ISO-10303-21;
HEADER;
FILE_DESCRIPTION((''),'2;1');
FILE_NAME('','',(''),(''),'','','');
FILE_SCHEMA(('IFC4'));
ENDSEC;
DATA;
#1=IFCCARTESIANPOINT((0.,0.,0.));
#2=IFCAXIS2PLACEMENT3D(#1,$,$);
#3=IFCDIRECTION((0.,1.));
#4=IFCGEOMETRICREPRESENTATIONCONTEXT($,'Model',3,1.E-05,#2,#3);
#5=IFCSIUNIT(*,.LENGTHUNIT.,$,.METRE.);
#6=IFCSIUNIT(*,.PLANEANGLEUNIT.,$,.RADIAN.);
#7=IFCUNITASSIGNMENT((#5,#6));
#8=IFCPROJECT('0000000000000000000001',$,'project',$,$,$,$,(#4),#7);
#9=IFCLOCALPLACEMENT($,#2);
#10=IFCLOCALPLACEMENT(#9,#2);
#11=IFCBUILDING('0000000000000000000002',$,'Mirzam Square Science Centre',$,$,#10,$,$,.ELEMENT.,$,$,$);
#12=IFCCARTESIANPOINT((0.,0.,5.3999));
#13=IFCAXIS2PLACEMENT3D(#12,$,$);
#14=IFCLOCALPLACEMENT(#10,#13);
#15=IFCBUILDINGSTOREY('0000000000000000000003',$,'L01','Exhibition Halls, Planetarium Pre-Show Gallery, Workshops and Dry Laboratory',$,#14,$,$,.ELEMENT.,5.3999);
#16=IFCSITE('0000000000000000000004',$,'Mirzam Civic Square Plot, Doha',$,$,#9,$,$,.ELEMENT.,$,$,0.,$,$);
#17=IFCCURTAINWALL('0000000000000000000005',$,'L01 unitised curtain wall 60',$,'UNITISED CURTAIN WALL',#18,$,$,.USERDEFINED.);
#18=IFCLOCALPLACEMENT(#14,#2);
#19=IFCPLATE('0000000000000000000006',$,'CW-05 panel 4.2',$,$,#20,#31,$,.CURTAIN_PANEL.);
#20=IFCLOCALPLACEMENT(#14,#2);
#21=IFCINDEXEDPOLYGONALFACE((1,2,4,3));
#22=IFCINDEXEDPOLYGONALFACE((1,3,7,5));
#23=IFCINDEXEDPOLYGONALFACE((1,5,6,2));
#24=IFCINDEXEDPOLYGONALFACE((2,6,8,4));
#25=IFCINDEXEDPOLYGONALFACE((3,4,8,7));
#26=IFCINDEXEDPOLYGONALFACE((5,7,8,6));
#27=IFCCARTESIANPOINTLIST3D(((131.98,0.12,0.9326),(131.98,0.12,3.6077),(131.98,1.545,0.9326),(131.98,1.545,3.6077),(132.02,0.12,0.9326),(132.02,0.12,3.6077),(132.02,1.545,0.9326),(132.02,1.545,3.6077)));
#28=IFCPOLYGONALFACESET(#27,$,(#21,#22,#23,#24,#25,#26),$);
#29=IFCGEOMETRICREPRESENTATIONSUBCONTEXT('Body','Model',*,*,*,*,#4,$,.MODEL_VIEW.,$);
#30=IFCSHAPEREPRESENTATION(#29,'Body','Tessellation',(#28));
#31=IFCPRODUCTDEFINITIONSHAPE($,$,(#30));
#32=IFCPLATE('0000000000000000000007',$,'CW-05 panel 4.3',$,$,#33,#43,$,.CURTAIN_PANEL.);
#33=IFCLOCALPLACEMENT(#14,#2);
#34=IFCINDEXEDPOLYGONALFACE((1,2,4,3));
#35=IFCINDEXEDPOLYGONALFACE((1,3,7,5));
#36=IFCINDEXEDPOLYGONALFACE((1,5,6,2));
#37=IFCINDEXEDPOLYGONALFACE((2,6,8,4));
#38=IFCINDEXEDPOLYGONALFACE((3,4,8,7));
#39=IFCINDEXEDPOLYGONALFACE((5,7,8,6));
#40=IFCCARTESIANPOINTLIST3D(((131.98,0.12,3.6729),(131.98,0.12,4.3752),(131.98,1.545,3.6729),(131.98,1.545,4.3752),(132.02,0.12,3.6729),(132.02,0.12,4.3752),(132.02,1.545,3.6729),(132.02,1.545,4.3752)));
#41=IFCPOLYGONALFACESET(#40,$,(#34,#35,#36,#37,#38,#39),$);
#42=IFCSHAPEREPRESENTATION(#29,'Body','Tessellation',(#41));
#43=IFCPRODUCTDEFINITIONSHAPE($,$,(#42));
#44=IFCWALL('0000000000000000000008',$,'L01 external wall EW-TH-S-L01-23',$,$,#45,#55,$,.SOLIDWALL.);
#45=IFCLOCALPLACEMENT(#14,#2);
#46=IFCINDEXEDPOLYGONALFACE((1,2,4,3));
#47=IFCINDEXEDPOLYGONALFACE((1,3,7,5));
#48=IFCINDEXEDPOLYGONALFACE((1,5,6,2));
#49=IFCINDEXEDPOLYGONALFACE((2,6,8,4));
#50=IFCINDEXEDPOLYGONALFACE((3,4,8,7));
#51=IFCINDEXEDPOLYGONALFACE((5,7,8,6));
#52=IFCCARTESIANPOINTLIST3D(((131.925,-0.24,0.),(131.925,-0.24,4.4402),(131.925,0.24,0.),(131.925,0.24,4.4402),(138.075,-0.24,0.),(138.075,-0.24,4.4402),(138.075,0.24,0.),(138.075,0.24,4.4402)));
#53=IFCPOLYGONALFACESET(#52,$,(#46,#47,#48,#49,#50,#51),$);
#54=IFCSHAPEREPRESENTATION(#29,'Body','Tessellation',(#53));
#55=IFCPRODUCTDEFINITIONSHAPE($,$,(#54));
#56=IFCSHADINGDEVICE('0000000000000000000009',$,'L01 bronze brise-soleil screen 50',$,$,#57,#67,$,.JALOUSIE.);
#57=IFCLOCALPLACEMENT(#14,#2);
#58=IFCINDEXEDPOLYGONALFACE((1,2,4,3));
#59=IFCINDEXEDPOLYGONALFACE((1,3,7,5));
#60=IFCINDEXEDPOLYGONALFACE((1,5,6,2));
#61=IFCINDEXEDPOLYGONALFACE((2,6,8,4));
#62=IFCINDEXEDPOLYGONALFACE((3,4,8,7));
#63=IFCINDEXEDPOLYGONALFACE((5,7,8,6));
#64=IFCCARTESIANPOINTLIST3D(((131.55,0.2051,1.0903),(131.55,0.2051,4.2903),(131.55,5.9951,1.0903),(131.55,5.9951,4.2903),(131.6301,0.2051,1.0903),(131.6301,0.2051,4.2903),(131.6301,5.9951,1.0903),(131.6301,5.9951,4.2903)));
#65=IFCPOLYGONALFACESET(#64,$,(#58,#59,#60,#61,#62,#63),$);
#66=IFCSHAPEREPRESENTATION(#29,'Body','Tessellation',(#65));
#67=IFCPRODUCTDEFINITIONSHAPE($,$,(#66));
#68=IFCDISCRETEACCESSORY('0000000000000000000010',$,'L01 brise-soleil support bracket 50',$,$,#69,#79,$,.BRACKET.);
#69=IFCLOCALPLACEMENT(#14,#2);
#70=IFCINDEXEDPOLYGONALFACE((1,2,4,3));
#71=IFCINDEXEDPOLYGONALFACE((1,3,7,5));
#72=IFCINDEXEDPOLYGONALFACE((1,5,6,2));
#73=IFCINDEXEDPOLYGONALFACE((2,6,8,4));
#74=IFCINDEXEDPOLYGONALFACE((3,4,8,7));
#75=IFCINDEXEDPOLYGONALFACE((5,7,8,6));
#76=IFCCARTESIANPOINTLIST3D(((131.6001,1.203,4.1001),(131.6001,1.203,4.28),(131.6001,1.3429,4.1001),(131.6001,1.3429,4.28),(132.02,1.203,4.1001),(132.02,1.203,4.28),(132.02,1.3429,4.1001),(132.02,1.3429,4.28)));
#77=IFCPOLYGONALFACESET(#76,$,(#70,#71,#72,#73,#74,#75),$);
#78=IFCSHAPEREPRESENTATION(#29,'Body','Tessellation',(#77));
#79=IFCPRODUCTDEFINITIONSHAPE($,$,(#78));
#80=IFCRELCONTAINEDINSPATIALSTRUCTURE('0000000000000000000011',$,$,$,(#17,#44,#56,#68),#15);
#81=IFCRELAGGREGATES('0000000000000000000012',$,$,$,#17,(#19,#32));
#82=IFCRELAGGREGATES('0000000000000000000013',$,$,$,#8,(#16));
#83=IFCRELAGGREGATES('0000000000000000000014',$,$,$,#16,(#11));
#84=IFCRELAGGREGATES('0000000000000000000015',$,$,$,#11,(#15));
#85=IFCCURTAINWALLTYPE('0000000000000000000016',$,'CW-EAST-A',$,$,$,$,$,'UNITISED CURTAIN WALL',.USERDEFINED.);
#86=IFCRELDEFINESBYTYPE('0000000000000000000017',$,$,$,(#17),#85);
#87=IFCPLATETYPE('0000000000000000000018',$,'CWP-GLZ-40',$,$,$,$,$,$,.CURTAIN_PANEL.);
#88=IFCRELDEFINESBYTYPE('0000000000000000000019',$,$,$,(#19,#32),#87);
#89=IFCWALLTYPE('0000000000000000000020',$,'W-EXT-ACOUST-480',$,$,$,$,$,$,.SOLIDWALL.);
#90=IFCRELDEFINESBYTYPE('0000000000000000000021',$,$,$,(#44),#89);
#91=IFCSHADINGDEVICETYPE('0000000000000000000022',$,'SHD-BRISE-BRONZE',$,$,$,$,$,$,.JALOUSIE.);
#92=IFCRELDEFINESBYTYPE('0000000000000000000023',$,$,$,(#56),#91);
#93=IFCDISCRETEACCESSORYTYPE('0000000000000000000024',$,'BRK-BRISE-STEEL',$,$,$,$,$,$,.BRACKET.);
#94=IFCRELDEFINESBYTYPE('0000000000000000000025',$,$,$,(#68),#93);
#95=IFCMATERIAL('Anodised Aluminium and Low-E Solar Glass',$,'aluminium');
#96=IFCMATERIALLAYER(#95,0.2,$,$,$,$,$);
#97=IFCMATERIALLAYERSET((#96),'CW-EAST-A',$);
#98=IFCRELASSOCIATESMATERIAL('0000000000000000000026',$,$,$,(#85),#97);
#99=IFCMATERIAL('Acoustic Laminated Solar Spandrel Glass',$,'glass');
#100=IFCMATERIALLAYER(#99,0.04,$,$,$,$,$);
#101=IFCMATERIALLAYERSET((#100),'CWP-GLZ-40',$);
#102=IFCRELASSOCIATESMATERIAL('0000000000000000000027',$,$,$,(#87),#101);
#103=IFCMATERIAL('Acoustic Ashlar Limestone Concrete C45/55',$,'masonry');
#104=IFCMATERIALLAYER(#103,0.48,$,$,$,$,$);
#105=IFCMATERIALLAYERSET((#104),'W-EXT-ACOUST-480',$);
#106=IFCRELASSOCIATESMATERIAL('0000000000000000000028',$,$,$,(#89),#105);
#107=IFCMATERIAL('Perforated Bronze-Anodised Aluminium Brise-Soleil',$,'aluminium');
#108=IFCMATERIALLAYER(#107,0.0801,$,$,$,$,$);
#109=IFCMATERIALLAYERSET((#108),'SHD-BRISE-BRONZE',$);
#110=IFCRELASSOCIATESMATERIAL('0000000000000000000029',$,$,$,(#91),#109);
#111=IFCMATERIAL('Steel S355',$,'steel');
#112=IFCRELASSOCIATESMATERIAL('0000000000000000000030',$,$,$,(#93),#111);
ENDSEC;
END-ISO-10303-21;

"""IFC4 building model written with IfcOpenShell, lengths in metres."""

from ifc_helpers import new_model, si_unit, direction, frame, frame_2d, origin, origin_2d, place, context, subcontext, project, spatial, rectangle, extrude, material, layer, layer_set, type_object, element, aggregate, save


model = new_model("IFC4")

# Units and contexts
model_context = context("Model", 3, precision=1e-05, world=origin(), true_north=direction((0.0, 1.0)))
body_context = subcontext(model_context, "Body", "Model", "MODEL_VIEW")
ifc_project = project(units=[si_unit("LENGTHUNIT", "METRE"), si_unit("PLANEANGLEUNIT", "RADIAN")], contexts=[model_context])

# Site, building, storey
site_placement = place(None, origin())
site = spatial("IfcSite", under=ifc_project, at=site_placement, Name="Mirzam Civic Square Plot, Doha", CompositionType="ELEMENT", RefElevation=0.0)
building_placement = place(site_placement, origin())
building = spatial("IfcBuilding", under=site, at=building_placement, Name="Mirzam Square Science Centre", CompositionType="ELEMENT")
storey_placement = place(building_placement, frame((0.0, 0.0, 5.3999)))
storey = spatial("IfcBuildingStorey", under=building, at=storey_placement, Name="L01", Description="Exhibition Halls, Planetarium Pre-Show Gallery, Workshops and Dry Laboratory", CompositionType="ELEMENT", Elevation=5.3999)

# Shared definitions
ifc_material_1 = material(Name="Steel S355", Category="steel")

# Curtain wall
ifc_material_2 = material(Name="Anodised Aluminium and Low-E Solar Glass", Category="aluminium")
ifc_layer_1 = layer(ifc_material_2, 0.2)
ifc_layer_set_1 = layer_set([ifc_layer_1], Name="CW-EAST-A")
curtain_wall_type = type_object("IfcCurtainWallType", Name="CW-EAST-A", ElementType="UNITISED CURTAIN WALL", PredefinedType="USERDEFINED", material=ifc_layer_set_1)
curtain_wall_placement = place(storey_placement, origin())
curtain_wall = element("IfcCurtainWall", 1, at=curtain_wall_placement, inside=storey, type_object=curtain_wall_type, Name="L01 unitised curtain wall 60", ObjectType="UNITISED CURTAIN WALL", PredefinedType="USERDEFINED")

# Plates
ifc_material_3 = material(Name="Acoustic Laminated Solar Spandrel Glass", Category="glass")
ifc_layer_2 = layer(ifc_material_3, 0.04)
ifc_layer_set_2 = layer_set([ifc_layer_2], Name="CWP-GLZ-40")
plate_type = type_object("IfcPlateType", Name="CWP-GLZ-40", PredefinedType="CURTAIN_PANEL", material=ifc_layer_set_2)
plate_1_placement = place(storey_placement, frame((132.0, 0.8325, 0.9326), z_axis=(0.0, 0.0, 1.0), x_axis=(0.0, -1.0, 0.0)))
plate_1 = element("IfcPlate", 2, at=plate_1_placement, type_object=plate_type, Name="CW-05 panel 4.2", PredefinedType="CURTAIN_PANEL", context=body_context, shape_type="SweptSolid", body=[
    extrude(rectangle(XDim=1.425, YDim=0.04, at=origin_2d()), origin(), (0.0, 0.0, 1.0), 2.675),
])
plate_2_placement = place(storey_placement, frame((132.0, 0.8325, 3.6729), z_axis=(0.0, 0.0, 1.0), x_axis=(0.0, -1.0, 0.0)))
plate_2 = element("IfcPlate", 3, at=plate_2_placement, type_object=plate_type, Name="CW-05 panel 4.3", PredefinedType="CURTAIN_PANEL", context=body_context, shape_type="SweptSolid", body=[
    extrude(rectangle(XDim=1.425, YDim=0.04, at=origin_2d()), origin(), (0.0, 0.0, 1.0), 0.7024),
])
aggregate(curtain_wall, [plate_1, plate_2])

# Wall
ifc_material_4 = material(Name="Acoustic Ashlar Limestone Concrete C45/55", Category="masonry")
ifc_layer_3 = layer(ifc_material_4, 0.48)
ifc_layer_set_3 = layer_set([ifc_layer_3], Name="W-EXT-ACOUST-480")
wall_type = type_object("IfcWallType", Name="W-EXT-ACOUST-480", PredefinedType="SOLIDWALL", material=ifc_layer_set_3)
wall_placement = place(storey_placement, frame((131.925, 0.0, 0.0), z_axis=(0.0, 0.0, 1.0), x_axis=(1.0, 0.0, 0.0)))
element("IfcWall", 4, at=wall_placement, inside=storey, type_object=wall_type, Name="L01 external wall EW-TH-S-L01-23", PredefinedType="SOLIDWALL", context=body_context, shape_type="SweptSolid", body=[
    extrude(rectangle(XDim=6.1499, YDim=0.48, at=frame_2d((3.075, 0.0))), origin(), (0.0, 0.0, 1.0), 4.4402),
])

# Shading device
ifc_material_5 = material(Name="Perforated Bronze-Anodised Aluminium Brise-Soleil", Category="aluminium")
ifc_layer_4 = layer(ifc_material_5, 0.0801)
ifc_layer_set_4 = layer_set([ifc_layer_4], Name="SHD-BRISE-BRONZE")
shading_device_type = type_object("IfcShadingDeviceType", Name="SHD-BRISE-BRONZE", PredefinedType="JALOUSIE", material=ifc_layer_set_4)
shading_device_placement = place(storey_placement, frame((131.5901, 3.1001, 1.0903), z_axis=(0.0, 0.0, 1.0), x_axis=(0.0, -1.0, 0.0)))
element("IfcShadingDevice", 5, at=shading_device_placement, inside=storey, type_object=shading_device_type, Name="L01 bronze brise-soleil screen 50", PredefinedType="JALOUSIE", context=body_context, shape_type="SweptSolid", body=[
    extrude(rectangle(XDim=5.79, YDim=0.0801, at=origin_2d()), origin(), (0.0, 0.0, 1.0), 3.2),
])

# Discrete accessory
discrete_accessory_type = type_object("IfcDiscreteAccessoryType", Name="BRK-BRISE-STEEL", PredefinedType="BRACKET", material=ifc_material_1)
discrete_accessory_placement = place(storey_placement, frame((131.8101, 1.2729, 4.1001), z_axis=(0.0, 0.0, 1.0), x_axis=(0.0, -1.0, 0.0)))
element("IfcDiscreteAccessory", 6, at=discrete_accessory_placement, inside=storey, type_object=discrete_accessory_type, Name="L01 brise-soleil support bracket 50", PredefinedType="BRACKET", context=body_context, shape_type="SweptSolid", body=[
    extrude(rectangle(XDim=0.1399, YDim=0.4199, at=origin_2d()), origin(), (0.0, 0.0, 1.0), 0.1799),
])

save(model, "model.ifc")
